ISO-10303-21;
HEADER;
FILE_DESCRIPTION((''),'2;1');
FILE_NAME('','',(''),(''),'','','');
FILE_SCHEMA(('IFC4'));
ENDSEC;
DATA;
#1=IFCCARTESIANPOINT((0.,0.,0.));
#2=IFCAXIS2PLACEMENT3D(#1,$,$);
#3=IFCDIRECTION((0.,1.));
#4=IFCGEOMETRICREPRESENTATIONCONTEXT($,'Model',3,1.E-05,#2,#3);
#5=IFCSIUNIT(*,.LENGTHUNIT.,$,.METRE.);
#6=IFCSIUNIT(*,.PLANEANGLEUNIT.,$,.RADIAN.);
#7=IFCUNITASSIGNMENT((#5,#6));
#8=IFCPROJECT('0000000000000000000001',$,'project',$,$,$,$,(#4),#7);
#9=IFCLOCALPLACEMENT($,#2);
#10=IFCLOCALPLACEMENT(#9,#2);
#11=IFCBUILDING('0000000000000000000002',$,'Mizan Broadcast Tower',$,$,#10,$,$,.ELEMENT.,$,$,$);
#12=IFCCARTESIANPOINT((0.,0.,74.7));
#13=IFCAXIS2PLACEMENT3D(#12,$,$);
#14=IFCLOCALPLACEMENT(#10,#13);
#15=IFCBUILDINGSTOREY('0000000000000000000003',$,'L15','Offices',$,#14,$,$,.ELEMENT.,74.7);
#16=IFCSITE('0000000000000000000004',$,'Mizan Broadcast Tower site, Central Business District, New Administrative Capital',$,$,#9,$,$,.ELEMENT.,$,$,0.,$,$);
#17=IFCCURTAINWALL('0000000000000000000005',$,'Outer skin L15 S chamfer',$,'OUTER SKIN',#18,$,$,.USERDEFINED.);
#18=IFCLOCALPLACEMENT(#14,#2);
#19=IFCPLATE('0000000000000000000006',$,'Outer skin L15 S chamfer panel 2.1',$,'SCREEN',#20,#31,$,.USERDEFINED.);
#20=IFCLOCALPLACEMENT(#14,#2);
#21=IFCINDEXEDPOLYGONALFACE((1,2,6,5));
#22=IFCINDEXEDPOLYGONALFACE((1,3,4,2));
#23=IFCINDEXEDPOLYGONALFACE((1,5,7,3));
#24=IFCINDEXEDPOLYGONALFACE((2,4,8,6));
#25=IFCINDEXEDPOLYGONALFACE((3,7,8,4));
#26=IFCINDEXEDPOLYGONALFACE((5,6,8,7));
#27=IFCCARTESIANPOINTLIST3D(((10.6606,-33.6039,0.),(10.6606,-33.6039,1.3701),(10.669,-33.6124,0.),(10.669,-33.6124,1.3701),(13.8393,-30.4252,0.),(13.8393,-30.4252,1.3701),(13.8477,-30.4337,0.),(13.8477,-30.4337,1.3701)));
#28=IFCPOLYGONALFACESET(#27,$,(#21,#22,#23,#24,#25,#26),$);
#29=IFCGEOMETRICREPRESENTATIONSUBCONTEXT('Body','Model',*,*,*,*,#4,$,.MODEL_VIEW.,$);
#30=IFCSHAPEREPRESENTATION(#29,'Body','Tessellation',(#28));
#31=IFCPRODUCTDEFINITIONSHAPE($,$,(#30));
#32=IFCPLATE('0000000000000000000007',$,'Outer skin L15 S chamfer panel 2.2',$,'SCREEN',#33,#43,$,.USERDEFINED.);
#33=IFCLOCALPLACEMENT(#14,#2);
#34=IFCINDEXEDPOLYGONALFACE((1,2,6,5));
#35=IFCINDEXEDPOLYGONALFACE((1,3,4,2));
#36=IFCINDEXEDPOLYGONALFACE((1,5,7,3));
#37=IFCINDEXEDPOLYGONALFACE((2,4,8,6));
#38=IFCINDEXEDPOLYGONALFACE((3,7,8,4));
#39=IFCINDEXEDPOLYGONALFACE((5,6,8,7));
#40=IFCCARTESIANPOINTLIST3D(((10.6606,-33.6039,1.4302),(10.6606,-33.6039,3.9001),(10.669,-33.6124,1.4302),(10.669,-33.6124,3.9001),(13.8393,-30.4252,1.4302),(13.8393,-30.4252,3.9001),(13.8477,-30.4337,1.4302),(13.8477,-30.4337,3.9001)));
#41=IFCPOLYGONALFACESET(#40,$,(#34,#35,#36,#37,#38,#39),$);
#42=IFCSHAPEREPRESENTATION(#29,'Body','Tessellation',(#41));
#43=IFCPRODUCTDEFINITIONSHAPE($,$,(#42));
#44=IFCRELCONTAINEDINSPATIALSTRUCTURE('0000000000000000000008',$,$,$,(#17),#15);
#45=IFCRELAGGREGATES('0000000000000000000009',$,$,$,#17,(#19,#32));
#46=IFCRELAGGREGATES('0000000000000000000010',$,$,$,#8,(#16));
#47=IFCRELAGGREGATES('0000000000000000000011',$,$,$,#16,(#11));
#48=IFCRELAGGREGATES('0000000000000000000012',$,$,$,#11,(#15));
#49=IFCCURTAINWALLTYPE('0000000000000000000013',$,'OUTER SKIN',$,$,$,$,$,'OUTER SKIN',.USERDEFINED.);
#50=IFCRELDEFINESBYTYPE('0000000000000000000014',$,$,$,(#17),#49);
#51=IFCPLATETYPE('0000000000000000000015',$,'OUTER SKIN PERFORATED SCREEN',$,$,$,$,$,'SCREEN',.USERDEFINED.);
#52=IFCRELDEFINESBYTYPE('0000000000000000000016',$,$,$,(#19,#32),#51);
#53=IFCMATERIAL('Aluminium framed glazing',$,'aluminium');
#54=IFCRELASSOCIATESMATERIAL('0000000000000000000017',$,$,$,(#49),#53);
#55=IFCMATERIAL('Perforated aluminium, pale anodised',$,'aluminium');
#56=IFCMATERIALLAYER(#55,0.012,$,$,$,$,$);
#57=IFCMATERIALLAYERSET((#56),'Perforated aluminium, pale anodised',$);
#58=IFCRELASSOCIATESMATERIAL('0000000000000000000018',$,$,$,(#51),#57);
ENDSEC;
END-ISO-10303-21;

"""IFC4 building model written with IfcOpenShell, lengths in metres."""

from ifc_helpers import new_model, si_unit, direction, frame, origin, origin_2d, place, context, subcontext, project, spatial, rectangle, extrude, material, layer, layer_set, type_object, element, aggregate, save


model = new_model("IFC4")

# Units and contexts
model_context = context("Model", 3, precision=1e-05, world=origin(), true_north=direction((0.0, 1.0)))
body_context = subcontext(model_context, "Body", "Model", "MODEL_VIEW")
ifc_project = project(units=[si_unit("LENGTHUNIT", "METRE"), si_unit("PLANEANGLEUNIT", "RADIAN")], contexts=[model_context])

# Site, building, storey
site_placement = place(None, origin())
site = spatial("IfcSite", under=ifc_project, at=site_placement, Name="Mizan Broadcast Tower site, Central Business District, New Administrative Capital", CompositionType="ELEMENT", RefElevation=0.0)
building_placement = place(site_placement, origin())
building = spatial("IfcBuilding", under=site, at=building_placement, Name="Mizan Broadcast Tower", CompositionType="ELEMENT")
storey_placement = place(building_placement, frame((0.0, 0.0, 74.7)))
storey = spatial("IfcBuildingStorey", under=building, at=storey_placement, Name="L15", Description="Offices", CompositionType="ELEMENT", Elevation=74.7)

# Shared definitions
ifc_material_1 = material(Name="Aluminium framed glazing", Category="aluminium")
curtain_wall_type_1 = type_object("IfcCurtainWallType", Name="OUTER SKIN", ElementType="OUTER SKIN", PredefinedType="USERDEFINED", material=ifc_material_1)

# Curtain wall
curtain_wall_1_placement = place(storey_placement, origin())
curtain_wall_1 = element("IfcCurtainWall", 1, at=curtain_wall_1_placement, inside=storey, type_object=curtain_wall_type_1, Name="Outer skin L15 S chamfer", ObjectType="OUTER SKIN", PredefinedType="USERDEFINED")

# Plates
ifc_material_2 = material(Name="Perforated aluminium, pale anodised", Category="aluminium")
ifc_layer_1 = layer(ifc_material_2, 0.012)
ifc_layer_set_1 = layer_set([ifc_layer_1], Name="Perforated aluminium, pale anodised")
plate_type_1 = type_object("IfcPlateType", Name="OUTER SKIN PERFORATED SCREEN", ElementType="SCREEN", PredefinedType="USERDEFINED", material=ifc_layer_set_1)
plate_1_placement = place(storey_placement, frame((12.2542, -32.0188, 0.0), z_axis=(0.0, 0.0, 1.0), x_axis=(0.707107, 0.707107, 0.0)))
plate_1 = element("IfcPlate", 2, at=plate_1_placement, type_object=plate_type_1, Name="Outer skin L15 S chamfer panel 2.1", ObjectType="SCREEN", PredefinedType="USERDEFINED", context=body_context, shape_type="SweptSolid", body=[
    extrude(rectangle(XDim=4.4954, YDim=0.012, at=origin_2d()), origin(), (0.0, 0.0, 1.0), 1.3701),
])
plate_2_placement = place(storey_placement, frame((12.2542, -32.0188, 1.4302), z_axis=(0.0, 0.0, 1.0), x_axis=(0.707107, 0.707107, 0.0)))
plate_2 = element("IfcPlate", 3, at=plate_2_placement, type_object=plate_type_1, Name="Outer skin L15 S chamfer panel 2.2", ObjectType="SCREEN", PredefinedType="USERDEFINED", context=body_context, shape_type="SweptSolid", body=[
    extrude(rectangle(XDim=4.4954, YDim=0.012, at=origin_2d()), origin(), (0.0, 0.0, 1.0), 2.47),
])
aggregate(curtain_wall_1, [plate_1, plate_2])

save(model, "model.ifc")
